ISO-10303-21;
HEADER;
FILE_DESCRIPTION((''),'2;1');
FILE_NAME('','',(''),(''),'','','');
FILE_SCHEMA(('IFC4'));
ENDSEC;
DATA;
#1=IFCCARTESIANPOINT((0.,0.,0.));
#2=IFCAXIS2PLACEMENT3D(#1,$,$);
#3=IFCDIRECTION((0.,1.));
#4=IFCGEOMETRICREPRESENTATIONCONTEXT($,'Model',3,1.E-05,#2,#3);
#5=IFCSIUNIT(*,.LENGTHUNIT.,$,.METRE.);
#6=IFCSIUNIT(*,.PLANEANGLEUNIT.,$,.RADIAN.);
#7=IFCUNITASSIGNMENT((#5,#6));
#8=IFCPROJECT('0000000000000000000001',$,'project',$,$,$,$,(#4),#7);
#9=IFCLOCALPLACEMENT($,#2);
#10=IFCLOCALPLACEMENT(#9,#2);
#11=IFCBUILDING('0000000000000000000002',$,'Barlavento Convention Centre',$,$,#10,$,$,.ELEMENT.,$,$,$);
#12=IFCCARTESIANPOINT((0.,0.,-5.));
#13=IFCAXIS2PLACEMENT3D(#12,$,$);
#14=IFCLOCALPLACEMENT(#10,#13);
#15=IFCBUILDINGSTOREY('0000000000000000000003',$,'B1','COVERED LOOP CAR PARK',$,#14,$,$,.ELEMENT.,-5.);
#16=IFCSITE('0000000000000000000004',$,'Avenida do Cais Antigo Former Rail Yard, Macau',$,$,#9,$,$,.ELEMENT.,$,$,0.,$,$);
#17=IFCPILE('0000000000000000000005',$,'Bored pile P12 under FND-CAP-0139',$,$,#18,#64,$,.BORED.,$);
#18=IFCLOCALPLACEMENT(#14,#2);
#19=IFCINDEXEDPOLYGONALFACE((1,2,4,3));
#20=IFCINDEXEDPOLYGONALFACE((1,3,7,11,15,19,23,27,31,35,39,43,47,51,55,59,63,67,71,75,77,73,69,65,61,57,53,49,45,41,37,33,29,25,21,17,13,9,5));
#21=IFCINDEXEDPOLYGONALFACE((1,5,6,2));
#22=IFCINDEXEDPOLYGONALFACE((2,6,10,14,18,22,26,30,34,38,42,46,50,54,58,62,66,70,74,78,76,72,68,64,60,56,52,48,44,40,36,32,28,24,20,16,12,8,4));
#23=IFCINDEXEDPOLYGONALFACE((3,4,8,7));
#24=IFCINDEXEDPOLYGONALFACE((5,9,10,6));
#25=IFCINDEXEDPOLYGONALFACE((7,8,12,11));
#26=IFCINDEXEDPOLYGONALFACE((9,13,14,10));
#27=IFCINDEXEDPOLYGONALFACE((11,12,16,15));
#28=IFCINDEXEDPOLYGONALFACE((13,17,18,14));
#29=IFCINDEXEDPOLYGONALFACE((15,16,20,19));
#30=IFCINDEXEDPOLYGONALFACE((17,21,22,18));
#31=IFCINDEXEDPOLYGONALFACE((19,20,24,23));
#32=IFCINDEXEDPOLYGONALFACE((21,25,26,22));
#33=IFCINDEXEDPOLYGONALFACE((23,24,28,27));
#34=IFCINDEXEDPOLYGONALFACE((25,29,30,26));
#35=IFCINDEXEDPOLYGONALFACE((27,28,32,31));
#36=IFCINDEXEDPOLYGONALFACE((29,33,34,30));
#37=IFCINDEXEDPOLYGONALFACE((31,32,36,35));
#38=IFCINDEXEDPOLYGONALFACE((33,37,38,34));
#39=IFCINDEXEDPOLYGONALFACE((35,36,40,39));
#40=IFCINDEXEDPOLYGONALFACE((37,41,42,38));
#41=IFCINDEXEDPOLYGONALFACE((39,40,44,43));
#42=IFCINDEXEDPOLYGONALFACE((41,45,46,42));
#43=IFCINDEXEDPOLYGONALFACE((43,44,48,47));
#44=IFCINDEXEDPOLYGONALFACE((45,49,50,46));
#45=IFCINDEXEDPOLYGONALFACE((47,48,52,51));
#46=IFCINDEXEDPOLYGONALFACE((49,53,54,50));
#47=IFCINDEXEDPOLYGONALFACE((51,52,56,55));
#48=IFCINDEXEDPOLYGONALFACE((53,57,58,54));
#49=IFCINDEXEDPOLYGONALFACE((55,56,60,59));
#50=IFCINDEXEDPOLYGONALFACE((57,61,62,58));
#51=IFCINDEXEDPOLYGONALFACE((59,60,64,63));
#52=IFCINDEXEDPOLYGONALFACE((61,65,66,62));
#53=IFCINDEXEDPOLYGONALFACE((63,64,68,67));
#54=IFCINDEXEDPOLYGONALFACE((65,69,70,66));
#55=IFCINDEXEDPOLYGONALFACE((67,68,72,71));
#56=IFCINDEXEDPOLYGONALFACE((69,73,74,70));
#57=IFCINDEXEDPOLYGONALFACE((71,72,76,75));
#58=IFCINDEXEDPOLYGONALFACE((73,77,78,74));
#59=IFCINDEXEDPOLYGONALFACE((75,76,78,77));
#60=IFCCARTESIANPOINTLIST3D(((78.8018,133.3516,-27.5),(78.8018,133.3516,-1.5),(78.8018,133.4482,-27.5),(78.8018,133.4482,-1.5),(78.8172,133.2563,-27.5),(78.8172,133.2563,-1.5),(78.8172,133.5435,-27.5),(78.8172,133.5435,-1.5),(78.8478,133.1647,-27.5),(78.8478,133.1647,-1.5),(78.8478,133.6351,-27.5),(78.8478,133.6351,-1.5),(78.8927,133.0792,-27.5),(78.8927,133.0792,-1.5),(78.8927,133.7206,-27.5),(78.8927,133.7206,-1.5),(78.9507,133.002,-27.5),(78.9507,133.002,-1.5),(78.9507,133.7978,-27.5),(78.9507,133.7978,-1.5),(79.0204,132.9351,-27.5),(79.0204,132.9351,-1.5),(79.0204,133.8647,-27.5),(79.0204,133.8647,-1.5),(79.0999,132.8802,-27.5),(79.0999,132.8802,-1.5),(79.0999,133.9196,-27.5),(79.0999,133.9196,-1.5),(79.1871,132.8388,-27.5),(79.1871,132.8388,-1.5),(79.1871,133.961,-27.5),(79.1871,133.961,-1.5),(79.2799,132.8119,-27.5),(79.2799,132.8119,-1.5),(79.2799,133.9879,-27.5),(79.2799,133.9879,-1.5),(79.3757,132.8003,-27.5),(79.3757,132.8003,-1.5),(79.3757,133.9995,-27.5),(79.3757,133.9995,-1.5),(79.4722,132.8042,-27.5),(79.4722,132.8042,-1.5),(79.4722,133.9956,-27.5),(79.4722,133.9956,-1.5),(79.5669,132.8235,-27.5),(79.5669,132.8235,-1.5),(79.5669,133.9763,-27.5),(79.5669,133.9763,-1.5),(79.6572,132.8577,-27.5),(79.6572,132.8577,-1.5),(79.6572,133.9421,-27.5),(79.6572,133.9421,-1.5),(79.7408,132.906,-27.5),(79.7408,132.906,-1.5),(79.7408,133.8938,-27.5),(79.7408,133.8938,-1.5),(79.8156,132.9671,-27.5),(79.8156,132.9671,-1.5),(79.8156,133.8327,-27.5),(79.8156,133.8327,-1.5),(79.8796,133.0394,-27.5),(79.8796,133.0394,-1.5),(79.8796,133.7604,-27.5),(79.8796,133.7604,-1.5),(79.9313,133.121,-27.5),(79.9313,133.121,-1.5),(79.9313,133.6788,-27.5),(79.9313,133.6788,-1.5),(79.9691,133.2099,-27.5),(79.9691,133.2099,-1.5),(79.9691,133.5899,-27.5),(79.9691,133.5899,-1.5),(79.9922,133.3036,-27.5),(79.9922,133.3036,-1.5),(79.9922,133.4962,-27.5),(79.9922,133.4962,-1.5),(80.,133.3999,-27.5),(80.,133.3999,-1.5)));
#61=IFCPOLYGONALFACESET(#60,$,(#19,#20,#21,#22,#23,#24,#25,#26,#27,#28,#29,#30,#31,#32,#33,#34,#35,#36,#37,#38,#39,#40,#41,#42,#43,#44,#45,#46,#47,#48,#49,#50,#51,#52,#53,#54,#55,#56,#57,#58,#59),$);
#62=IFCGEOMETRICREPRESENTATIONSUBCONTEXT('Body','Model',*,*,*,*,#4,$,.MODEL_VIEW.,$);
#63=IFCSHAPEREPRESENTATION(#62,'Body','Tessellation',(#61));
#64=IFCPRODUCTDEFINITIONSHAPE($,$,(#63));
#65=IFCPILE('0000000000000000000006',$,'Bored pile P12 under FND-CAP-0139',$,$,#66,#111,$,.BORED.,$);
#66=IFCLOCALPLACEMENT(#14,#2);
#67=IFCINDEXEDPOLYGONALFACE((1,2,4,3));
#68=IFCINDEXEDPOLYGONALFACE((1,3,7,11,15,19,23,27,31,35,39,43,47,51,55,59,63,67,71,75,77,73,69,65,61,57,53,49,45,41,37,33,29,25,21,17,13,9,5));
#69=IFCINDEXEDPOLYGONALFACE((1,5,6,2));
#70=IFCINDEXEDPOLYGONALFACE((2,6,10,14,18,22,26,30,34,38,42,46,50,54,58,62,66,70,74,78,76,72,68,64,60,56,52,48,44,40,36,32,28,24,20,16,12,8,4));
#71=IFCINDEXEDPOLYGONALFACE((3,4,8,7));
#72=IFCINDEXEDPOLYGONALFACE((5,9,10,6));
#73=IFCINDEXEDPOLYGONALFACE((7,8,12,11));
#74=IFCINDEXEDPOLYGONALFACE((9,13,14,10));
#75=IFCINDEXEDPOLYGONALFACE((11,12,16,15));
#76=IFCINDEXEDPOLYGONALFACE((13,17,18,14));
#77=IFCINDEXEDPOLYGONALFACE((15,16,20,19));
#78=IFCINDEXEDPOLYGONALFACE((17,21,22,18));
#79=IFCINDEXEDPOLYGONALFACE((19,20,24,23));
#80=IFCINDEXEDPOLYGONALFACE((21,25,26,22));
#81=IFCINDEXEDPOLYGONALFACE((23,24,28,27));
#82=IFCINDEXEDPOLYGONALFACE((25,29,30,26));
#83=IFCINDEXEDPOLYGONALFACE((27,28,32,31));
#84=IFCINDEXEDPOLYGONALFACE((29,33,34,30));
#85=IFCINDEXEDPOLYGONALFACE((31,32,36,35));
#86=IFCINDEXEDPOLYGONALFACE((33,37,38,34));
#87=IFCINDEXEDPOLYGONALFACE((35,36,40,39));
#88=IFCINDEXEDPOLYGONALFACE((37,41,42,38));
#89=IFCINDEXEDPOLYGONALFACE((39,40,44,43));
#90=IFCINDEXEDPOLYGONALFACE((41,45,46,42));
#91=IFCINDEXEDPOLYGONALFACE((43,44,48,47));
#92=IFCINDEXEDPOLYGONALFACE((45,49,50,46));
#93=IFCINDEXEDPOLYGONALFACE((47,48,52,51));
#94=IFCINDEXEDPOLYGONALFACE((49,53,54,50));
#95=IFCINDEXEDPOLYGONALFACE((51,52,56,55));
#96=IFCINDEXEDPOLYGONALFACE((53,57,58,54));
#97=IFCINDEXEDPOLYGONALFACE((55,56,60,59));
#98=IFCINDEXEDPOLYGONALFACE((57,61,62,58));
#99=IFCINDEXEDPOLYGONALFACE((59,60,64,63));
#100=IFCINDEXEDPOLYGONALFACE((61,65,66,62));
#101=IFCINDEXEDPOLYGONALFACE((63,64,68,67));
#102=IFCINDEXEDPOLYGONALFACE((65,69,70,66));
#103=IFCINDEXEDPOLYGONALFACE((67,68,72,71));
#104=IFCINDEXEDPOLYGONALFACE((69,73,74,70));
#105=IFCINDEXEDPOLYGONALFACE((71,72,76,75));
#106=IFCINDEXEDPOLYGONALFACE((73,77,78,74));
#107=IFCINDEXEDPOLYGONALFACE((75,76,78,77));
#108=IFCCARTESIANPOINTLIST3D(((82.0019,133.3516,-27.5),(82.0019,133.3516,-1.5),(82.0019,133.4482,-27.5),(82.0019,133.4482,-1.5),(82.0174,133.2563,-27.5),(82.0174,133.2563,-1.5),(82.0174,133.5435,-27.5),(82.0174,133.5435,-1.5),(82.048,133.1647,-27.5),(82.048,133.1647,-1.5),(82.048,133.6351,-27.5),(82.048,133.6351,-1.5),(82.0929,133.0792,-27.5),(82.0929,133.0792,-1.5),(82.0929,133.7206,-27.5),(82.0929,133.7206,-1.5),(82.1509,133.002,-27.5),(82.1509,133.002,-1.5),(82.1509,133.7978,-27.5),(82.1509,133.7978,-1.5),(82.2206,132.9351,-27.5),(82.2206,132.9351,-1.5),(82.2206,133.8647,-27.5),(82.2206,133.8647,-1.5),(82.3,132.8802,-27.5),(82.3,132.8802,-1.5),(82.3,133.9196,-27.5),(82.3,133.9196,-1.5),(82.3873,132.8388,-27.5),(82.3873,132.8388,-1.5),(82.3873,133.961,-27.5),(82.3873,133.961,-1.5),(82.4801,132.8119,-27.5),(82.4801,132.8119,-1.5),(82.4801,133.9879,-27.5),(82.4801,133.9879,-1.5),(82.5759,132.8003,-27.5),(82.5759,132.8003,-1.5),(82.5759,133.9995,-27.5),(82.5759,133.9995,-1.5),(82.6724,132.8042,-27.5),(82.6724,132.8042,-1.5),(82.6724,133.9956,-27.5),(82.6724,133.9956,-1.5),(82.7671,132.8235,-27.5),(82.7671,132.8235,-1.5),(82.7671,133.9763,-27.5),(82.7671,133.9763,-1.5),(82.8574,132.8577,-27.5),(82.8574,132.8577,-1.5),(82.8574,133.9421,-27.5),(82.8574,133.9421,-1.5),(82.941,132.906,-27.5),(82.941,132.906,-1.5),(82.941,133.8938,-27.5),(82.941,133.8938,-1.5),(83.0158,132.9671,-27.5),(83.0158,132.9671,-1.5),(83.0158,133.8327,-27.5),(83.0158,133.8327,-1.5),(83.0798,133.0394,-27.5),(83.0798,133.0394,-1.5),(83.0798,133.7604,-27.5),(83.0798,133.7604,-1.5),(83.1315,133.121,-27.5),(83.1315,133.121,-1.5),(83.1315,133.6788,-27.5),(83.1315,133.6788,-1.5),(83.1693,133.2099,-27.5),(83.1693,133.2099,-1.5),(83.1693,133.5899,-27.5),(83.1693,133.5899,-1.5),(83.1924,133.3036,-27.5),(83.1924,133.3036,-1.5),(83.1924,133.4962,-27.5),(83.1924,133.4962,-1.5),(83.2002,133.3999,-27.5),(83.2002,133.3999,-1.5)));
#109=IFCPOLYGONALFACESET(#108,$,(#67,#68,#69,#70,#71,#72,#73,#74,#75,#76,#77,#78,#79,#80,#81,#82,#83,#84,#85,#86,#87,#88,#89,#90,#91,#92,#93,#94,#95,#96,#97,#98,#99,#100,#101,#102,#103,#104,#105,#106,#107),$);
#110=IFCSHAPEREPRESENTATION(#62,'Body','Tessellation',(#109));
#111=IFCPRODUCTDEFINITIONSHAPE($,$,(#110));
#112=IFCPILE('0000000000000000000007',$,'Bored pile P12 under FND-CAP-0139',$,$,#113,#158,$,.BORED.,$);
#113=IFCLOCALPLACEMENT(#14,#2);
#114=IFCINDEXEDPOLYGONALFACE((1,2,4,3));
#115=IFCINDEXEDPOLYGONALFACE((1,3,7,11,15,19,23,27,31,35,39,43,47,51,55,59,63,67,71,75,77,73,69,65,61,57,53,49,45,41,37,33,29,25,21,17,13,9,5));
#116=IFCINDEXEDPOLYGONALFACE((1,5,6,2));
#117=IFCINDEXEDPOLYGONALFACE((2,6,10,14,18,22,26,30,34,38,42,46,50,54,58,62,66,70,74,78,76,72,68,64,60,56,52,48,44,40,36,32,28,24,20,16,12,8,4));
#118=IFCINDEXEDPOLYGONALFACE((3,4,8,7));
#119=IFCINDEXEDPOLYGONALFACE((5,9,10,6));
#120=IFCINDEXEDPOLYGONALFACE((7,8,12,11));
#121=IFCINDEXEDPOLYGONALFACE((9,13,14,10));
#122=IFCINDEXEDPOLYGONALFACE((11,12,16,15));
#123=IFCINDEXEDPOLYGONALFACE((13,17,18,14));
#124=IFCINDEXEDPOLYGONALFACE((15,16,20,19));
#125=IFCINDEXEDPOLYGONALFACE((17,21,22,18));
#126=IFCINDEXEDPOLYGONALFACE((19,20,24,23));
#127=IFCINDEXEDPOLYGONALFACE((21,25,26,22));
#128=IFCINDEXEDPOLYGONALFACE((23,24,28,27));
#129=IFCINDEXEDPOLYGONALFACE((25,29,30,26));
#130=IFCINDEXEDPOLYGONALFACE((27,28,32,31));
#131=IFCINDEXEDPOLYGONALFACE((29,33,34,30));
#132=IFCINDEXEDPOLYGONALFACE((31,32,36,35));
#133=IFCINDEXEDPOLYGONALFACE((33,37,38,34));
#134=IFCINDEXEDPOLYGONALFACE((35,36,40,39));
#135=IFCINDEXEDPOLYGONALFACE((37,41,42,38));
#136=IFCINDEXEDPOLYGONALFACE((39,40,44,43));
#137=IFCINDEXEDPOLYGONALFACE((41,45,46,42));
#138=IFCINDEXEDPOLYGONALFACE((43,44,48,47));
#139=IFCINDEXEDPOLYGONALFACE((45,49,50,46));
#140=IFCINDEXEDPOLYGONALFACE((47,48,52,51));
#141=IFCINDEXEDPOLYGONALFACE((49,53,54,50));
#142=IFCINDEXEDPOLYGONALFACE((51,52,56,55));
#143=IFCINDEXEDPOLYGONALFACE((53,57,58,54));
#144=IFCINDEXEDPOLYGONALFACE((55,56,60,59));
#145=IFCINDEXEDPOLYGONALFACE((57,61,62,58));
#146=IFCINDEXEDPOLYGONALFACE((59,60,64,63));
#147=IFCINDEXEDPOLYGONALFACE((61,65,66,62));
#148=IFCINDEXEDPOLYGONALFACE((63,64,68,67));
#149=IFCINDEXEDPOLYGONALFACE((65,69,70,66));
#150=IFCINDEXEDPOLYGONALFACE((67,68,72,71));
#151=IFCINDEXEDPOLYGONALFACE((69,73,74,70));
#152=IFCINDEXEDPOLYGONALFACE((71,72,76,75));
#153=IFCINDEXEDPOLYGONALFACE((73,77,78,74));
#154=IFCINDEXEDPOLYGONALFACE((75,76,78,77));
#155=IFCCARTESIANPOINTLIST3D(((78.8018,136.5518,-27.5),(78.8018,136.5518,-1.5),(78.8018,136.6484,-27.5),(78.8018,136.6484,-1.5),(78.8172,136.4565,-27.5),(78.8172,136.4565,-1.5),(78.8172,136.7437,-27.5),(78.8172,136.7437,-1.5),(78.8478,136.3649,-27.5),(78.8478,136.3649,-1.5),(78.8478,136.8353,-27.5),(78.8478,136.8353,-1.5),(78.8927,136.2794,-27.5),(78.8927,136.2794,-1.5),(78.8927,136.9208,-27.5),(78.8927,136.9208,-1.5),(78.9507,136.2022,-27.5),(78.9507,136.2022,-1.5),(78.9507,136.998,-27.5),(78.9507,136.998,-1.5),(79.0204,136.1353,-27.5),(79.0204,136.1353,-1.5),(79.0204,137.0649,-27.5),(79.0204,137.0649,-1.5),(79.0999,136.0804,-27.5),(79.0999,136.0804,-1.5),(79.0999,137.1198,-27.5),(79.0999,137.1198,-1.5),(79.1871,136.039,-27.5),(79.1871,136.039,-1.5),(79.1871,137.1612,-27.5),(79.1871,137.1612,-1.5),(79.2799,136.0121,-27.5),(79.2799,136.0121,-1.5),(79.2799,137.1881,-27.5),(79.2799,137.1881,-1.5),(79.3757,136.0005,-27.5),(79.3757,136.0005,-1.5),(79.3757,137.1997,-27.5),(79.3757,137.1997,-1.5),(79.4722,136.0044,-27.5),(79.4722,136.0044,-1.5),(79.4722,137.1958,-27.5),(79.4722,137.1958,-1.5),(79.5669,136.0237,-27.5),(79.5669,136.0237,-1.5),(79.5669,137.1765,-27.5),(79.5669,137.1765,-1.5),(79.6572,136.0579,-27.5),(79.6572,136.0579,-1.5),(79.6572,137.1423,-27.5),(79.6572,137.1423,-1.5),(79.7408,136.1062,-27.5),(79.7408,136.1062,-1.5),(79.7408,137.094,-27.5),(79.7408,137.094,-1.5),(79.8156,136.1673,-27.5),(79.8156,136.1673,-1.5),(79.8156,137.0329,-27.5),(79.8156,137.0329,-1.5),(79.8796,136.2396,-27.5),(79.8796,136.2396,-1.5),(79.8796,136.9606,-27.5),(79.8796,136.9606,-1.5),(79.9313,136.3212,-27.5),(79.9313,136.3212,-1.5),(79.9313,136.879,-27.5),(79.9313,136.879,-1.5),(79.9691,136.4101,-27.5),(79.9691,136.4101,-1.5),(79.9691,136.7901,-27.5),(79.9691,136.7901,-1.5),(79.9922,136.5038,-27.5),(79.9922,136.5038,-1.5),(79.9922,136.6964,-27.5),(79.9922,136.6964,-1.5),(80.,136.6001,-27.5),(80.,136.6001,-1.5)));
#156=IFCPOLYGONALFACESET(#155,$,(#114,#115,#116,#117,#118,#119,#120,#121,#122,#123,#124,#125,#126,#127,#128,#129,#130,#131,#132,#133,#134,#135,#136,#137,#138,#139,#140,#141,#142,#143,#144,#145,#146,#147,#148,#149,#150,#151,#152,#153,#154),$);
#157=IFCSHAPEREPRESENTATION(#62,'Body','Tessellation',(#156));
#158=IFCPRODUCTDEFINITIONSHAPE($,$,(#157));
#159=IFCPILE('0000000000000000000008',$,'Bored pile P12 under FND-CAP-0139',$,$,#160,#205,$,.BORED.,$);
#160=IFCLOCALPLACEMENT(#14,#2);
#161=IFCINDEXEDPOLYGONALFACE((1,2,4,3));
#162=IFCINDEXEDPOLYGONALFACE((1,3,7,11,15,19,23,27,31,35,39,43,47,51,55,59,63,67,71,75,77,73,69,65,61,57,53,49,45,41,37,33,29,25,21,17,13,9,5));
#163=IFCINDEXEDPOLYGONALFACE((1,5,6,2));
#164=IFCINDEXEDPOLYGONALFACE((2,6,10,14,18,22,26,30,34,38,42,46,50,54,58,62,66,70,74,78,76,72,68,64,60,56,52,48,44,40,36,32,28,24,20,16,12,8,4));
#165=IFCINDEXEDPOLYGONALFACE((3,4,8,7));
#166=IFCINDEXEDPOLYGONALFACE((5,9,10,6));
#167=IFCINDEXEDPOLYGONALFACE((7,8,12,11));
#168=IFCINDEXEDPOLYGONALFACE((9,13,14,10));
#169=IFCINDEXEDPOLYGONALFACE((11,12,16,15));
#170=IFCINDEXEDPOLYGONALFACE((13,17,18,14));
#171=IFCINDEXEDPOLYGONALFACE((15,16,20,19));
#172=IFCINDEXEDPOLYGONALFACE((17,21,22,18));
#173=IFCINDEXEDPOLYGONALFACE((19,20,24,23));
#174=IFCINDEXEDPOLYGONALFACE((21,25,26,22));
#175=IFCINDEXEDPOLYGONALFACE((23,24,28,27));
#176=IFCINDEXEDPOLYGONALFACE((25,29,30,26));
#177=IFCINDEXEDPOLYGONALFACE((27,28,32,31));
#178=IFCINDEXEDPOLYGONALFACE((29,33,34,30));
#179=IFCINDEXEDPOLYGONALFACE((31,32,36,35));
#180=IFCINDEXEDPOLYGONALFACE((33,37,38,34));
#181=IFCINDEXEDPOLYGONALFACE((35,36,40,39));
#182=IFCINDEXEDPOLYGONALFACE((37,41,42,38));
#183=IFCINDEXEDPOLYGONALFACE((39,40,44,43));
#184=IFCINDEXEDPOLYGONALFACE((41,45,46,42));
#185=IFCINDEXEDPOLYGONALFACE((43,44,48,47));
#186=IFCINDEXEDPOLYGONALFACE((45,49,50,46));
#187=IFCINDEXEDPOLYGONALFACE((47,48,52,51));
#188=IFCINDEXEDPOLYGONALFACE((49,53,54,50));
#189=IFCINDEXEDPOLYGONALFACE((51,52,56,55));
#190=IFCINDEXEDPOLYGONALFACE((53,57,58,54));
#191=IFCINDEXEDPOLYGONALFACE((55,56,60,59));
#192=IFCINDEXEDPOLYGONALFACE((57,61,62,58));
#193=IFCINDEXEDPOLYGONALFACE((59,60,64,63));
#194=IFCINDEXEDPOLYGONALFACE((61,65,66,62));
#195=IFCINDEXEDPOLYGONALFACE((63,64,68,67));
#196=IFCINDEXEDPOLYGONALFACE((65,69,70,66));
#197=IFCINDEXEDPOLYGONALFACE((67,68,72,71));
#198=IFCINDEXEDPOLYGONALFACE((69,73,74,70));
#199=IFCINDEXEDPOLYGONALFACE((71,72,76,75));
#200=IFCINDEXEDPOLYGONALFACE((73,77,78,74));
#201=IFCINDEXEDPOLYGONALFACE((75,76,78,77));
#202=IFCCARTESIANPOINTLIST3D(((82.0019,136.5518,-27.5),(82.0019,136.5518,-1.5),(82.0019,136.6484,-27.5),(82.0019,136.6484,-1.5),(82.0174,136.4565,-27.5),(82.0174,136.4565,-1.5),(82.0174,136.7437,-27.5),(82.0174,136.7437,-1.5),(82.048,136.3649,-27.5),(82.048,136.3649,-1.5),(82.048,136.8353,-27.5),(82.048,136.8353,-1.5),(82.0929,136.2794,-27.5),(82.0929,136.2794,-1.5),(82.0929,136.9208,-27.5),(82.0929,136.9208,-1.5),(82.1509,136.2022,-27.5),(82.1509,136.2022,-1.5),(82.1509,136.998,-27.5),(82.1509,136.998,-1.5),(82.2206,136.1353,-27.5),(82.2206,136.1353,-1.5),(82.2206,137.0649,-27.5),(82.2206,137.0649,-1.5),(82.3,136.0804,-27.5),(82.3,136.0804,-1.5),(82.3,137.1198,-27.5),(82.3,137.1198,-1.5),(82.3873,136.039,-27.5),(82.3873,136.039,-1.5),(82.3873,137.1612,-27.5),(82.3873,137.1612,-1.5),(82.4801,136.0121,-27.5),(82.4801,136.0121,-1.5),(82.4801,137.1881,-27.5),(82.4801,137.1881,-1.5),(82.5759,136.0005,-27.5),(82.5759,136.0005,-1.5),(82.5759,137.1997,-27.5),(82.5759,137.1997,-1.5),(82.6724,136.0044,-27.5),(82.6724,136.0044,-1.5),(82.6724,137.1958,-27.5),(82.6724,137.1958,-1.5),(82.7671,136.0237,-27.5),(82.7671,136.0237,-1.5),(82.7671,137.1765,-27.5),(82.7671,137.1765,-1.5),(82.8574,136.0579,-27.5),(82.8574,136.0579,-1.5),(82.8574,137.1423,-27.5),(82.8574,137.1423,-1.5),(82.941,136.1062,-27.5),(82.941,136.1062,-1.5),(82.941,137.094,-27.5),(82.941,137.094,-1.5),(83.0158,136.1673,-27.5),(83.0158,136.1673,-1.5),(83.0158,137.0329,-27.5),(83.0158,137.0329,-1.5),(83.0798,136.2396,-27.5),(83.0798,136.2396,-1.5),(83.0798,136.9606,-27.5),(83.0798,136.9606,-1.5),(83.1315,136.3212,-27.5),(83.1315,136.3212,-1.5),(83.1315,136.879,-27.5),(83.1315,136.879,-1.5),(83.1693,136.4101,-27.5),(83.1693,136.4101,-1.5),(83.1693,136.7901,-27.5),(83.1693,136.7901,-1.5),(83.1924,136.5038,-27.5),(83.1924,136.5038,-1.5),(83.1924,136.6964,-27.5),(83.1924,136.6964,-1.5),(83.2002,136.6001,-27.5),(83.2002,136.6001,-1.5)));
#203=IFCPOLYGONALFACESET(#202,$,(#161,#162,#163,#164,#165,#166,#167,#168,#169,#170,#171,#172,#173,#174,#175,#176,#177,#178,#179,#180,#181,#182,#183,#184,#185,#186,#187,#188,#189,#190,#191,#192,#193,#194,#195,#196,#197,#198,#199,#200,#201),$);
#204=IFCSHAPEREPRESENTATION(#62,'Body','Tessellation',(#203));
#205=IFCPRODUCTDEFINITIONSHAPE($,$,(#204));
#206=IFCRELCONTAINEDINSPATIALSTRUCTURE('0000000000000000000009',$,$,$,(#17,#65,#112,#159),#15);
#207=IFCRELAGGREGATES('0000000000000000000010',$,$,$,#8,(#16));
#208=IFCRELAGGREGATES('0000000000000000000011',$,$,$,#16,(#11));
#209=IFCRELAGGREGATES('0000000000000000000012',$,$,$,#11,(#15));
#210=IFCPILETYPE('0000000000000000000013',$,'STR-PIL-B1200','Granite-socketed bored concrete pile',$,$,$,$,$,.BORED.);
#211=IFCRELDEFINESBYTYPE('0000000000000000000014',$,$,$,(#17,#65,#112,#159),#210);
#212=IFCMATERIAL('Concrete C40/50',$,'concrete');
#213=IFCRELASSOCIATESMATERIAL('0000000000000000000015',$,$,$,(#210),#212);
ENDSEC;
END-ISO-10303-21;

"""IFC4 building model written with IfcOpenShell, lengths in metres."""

from ifc_helpers import new_model, si_unit, direction, frame, origin, origin_2d, place, context, subcontext, project, spatial, circle, extrude, material, material_profile, profile_set, type_object, element, save


model = new_model("IFC4")

# Units and contexts
model_context = context("Model", 3, precision=1e-05, world=origin(), true_north=direction((0.0, 1.0)))
body_context = subcontext(model_context, "Body", "Model", "MODEL_VIEW")
ifc_project = project(units=[si_unit("LENGTHUNIT", "METRE"), si_unit("PLANEANGLEUNIT", "RADIAN")], contexts=[model_context])

# Site, building, storey
site_placement = place(None, origin())
site = spatial("IfcSite", under=ifc_project, at=site_placement, Name="Avenida do Cais Antigo Former Rail Yard, Macau", CompositionType="ELEMENT", RefElevation=0.0)
building_placement = place(site_placement, origin())
building = spatial("IfcBuilding", under=site, at=building_placement, Name="Barlavento Convention Centre", CompositionType="ELEMENT")
storey_placement = place(building_placement, frame((0.0, 0.0, -5.0)))
storey = spatial("IfcBuildingStorey", under=building, at=storey_placement, Name="B1", Description="COVERED LOOP CAR PARK", CompositionType="ELEMENT", Elevation=-5.0)

# Shared definitions
ifc_material_1 = material(Name="Concrete C40/50", Category="concrete")

# Piles
ifc_material_profile_1 = material_profile(ifc_material_1, circle(Radius=0.6001, at=origin_2d()), Name="BORED PILE 1200")
ifc_profile_set_1 = profile_set([ifc_material_profile_1], Name="Concrete C40/50")
pile_type_1 = type_object("IfcPileType", Name="STR-PIL-B1200", Description="Granite-socketed bored concrete pile", PredefinedType="BORED", material=ifc_profile_set_1)
for number, where, z_axis, x_axis, name in (
    (1, (79.3999, 133.3999, -1.5), (0.0, 0.0, -1.0), (1.0, 0.0, 0.0), "Bored pile P12 under FND-CAP-0139"),
    (2, (82.6001, 133.3999, -1.5), (0.0, 0.0, -1.0), (1.0, 0.0, 0.0), "Bored pile P12 under FND-CAP-0139"),
    (3, (79.3999, 136.6001, -1.5), (0.0, 0.0, -1.0), (1.0, 0.0, 0.0), "Bored pile P12 under FND-CAP-0139"),
    (4, (82.6001, 136.6001, -1.5), (0.0, 0.0, -1.0), (1.0, 0.0, 0.0), "Bored pile P12 under FND-CAP-0139"),
):
    element("IfcPile", number, at=place(storey_placement, frame(where, z_axis=z_axis, x_axis=x_axis)), inside=storey, type_object=pile_type_1, Name=name, PredefinedType="BORED", context=body_context, shape_type="SweptSolid", body=[
        extrude(circle(Radius=0.6001, at=origin_2d()), origin(), (0.0, 0.0, 1.0), 26.0),
    ])

save(model, "model.ifc")
